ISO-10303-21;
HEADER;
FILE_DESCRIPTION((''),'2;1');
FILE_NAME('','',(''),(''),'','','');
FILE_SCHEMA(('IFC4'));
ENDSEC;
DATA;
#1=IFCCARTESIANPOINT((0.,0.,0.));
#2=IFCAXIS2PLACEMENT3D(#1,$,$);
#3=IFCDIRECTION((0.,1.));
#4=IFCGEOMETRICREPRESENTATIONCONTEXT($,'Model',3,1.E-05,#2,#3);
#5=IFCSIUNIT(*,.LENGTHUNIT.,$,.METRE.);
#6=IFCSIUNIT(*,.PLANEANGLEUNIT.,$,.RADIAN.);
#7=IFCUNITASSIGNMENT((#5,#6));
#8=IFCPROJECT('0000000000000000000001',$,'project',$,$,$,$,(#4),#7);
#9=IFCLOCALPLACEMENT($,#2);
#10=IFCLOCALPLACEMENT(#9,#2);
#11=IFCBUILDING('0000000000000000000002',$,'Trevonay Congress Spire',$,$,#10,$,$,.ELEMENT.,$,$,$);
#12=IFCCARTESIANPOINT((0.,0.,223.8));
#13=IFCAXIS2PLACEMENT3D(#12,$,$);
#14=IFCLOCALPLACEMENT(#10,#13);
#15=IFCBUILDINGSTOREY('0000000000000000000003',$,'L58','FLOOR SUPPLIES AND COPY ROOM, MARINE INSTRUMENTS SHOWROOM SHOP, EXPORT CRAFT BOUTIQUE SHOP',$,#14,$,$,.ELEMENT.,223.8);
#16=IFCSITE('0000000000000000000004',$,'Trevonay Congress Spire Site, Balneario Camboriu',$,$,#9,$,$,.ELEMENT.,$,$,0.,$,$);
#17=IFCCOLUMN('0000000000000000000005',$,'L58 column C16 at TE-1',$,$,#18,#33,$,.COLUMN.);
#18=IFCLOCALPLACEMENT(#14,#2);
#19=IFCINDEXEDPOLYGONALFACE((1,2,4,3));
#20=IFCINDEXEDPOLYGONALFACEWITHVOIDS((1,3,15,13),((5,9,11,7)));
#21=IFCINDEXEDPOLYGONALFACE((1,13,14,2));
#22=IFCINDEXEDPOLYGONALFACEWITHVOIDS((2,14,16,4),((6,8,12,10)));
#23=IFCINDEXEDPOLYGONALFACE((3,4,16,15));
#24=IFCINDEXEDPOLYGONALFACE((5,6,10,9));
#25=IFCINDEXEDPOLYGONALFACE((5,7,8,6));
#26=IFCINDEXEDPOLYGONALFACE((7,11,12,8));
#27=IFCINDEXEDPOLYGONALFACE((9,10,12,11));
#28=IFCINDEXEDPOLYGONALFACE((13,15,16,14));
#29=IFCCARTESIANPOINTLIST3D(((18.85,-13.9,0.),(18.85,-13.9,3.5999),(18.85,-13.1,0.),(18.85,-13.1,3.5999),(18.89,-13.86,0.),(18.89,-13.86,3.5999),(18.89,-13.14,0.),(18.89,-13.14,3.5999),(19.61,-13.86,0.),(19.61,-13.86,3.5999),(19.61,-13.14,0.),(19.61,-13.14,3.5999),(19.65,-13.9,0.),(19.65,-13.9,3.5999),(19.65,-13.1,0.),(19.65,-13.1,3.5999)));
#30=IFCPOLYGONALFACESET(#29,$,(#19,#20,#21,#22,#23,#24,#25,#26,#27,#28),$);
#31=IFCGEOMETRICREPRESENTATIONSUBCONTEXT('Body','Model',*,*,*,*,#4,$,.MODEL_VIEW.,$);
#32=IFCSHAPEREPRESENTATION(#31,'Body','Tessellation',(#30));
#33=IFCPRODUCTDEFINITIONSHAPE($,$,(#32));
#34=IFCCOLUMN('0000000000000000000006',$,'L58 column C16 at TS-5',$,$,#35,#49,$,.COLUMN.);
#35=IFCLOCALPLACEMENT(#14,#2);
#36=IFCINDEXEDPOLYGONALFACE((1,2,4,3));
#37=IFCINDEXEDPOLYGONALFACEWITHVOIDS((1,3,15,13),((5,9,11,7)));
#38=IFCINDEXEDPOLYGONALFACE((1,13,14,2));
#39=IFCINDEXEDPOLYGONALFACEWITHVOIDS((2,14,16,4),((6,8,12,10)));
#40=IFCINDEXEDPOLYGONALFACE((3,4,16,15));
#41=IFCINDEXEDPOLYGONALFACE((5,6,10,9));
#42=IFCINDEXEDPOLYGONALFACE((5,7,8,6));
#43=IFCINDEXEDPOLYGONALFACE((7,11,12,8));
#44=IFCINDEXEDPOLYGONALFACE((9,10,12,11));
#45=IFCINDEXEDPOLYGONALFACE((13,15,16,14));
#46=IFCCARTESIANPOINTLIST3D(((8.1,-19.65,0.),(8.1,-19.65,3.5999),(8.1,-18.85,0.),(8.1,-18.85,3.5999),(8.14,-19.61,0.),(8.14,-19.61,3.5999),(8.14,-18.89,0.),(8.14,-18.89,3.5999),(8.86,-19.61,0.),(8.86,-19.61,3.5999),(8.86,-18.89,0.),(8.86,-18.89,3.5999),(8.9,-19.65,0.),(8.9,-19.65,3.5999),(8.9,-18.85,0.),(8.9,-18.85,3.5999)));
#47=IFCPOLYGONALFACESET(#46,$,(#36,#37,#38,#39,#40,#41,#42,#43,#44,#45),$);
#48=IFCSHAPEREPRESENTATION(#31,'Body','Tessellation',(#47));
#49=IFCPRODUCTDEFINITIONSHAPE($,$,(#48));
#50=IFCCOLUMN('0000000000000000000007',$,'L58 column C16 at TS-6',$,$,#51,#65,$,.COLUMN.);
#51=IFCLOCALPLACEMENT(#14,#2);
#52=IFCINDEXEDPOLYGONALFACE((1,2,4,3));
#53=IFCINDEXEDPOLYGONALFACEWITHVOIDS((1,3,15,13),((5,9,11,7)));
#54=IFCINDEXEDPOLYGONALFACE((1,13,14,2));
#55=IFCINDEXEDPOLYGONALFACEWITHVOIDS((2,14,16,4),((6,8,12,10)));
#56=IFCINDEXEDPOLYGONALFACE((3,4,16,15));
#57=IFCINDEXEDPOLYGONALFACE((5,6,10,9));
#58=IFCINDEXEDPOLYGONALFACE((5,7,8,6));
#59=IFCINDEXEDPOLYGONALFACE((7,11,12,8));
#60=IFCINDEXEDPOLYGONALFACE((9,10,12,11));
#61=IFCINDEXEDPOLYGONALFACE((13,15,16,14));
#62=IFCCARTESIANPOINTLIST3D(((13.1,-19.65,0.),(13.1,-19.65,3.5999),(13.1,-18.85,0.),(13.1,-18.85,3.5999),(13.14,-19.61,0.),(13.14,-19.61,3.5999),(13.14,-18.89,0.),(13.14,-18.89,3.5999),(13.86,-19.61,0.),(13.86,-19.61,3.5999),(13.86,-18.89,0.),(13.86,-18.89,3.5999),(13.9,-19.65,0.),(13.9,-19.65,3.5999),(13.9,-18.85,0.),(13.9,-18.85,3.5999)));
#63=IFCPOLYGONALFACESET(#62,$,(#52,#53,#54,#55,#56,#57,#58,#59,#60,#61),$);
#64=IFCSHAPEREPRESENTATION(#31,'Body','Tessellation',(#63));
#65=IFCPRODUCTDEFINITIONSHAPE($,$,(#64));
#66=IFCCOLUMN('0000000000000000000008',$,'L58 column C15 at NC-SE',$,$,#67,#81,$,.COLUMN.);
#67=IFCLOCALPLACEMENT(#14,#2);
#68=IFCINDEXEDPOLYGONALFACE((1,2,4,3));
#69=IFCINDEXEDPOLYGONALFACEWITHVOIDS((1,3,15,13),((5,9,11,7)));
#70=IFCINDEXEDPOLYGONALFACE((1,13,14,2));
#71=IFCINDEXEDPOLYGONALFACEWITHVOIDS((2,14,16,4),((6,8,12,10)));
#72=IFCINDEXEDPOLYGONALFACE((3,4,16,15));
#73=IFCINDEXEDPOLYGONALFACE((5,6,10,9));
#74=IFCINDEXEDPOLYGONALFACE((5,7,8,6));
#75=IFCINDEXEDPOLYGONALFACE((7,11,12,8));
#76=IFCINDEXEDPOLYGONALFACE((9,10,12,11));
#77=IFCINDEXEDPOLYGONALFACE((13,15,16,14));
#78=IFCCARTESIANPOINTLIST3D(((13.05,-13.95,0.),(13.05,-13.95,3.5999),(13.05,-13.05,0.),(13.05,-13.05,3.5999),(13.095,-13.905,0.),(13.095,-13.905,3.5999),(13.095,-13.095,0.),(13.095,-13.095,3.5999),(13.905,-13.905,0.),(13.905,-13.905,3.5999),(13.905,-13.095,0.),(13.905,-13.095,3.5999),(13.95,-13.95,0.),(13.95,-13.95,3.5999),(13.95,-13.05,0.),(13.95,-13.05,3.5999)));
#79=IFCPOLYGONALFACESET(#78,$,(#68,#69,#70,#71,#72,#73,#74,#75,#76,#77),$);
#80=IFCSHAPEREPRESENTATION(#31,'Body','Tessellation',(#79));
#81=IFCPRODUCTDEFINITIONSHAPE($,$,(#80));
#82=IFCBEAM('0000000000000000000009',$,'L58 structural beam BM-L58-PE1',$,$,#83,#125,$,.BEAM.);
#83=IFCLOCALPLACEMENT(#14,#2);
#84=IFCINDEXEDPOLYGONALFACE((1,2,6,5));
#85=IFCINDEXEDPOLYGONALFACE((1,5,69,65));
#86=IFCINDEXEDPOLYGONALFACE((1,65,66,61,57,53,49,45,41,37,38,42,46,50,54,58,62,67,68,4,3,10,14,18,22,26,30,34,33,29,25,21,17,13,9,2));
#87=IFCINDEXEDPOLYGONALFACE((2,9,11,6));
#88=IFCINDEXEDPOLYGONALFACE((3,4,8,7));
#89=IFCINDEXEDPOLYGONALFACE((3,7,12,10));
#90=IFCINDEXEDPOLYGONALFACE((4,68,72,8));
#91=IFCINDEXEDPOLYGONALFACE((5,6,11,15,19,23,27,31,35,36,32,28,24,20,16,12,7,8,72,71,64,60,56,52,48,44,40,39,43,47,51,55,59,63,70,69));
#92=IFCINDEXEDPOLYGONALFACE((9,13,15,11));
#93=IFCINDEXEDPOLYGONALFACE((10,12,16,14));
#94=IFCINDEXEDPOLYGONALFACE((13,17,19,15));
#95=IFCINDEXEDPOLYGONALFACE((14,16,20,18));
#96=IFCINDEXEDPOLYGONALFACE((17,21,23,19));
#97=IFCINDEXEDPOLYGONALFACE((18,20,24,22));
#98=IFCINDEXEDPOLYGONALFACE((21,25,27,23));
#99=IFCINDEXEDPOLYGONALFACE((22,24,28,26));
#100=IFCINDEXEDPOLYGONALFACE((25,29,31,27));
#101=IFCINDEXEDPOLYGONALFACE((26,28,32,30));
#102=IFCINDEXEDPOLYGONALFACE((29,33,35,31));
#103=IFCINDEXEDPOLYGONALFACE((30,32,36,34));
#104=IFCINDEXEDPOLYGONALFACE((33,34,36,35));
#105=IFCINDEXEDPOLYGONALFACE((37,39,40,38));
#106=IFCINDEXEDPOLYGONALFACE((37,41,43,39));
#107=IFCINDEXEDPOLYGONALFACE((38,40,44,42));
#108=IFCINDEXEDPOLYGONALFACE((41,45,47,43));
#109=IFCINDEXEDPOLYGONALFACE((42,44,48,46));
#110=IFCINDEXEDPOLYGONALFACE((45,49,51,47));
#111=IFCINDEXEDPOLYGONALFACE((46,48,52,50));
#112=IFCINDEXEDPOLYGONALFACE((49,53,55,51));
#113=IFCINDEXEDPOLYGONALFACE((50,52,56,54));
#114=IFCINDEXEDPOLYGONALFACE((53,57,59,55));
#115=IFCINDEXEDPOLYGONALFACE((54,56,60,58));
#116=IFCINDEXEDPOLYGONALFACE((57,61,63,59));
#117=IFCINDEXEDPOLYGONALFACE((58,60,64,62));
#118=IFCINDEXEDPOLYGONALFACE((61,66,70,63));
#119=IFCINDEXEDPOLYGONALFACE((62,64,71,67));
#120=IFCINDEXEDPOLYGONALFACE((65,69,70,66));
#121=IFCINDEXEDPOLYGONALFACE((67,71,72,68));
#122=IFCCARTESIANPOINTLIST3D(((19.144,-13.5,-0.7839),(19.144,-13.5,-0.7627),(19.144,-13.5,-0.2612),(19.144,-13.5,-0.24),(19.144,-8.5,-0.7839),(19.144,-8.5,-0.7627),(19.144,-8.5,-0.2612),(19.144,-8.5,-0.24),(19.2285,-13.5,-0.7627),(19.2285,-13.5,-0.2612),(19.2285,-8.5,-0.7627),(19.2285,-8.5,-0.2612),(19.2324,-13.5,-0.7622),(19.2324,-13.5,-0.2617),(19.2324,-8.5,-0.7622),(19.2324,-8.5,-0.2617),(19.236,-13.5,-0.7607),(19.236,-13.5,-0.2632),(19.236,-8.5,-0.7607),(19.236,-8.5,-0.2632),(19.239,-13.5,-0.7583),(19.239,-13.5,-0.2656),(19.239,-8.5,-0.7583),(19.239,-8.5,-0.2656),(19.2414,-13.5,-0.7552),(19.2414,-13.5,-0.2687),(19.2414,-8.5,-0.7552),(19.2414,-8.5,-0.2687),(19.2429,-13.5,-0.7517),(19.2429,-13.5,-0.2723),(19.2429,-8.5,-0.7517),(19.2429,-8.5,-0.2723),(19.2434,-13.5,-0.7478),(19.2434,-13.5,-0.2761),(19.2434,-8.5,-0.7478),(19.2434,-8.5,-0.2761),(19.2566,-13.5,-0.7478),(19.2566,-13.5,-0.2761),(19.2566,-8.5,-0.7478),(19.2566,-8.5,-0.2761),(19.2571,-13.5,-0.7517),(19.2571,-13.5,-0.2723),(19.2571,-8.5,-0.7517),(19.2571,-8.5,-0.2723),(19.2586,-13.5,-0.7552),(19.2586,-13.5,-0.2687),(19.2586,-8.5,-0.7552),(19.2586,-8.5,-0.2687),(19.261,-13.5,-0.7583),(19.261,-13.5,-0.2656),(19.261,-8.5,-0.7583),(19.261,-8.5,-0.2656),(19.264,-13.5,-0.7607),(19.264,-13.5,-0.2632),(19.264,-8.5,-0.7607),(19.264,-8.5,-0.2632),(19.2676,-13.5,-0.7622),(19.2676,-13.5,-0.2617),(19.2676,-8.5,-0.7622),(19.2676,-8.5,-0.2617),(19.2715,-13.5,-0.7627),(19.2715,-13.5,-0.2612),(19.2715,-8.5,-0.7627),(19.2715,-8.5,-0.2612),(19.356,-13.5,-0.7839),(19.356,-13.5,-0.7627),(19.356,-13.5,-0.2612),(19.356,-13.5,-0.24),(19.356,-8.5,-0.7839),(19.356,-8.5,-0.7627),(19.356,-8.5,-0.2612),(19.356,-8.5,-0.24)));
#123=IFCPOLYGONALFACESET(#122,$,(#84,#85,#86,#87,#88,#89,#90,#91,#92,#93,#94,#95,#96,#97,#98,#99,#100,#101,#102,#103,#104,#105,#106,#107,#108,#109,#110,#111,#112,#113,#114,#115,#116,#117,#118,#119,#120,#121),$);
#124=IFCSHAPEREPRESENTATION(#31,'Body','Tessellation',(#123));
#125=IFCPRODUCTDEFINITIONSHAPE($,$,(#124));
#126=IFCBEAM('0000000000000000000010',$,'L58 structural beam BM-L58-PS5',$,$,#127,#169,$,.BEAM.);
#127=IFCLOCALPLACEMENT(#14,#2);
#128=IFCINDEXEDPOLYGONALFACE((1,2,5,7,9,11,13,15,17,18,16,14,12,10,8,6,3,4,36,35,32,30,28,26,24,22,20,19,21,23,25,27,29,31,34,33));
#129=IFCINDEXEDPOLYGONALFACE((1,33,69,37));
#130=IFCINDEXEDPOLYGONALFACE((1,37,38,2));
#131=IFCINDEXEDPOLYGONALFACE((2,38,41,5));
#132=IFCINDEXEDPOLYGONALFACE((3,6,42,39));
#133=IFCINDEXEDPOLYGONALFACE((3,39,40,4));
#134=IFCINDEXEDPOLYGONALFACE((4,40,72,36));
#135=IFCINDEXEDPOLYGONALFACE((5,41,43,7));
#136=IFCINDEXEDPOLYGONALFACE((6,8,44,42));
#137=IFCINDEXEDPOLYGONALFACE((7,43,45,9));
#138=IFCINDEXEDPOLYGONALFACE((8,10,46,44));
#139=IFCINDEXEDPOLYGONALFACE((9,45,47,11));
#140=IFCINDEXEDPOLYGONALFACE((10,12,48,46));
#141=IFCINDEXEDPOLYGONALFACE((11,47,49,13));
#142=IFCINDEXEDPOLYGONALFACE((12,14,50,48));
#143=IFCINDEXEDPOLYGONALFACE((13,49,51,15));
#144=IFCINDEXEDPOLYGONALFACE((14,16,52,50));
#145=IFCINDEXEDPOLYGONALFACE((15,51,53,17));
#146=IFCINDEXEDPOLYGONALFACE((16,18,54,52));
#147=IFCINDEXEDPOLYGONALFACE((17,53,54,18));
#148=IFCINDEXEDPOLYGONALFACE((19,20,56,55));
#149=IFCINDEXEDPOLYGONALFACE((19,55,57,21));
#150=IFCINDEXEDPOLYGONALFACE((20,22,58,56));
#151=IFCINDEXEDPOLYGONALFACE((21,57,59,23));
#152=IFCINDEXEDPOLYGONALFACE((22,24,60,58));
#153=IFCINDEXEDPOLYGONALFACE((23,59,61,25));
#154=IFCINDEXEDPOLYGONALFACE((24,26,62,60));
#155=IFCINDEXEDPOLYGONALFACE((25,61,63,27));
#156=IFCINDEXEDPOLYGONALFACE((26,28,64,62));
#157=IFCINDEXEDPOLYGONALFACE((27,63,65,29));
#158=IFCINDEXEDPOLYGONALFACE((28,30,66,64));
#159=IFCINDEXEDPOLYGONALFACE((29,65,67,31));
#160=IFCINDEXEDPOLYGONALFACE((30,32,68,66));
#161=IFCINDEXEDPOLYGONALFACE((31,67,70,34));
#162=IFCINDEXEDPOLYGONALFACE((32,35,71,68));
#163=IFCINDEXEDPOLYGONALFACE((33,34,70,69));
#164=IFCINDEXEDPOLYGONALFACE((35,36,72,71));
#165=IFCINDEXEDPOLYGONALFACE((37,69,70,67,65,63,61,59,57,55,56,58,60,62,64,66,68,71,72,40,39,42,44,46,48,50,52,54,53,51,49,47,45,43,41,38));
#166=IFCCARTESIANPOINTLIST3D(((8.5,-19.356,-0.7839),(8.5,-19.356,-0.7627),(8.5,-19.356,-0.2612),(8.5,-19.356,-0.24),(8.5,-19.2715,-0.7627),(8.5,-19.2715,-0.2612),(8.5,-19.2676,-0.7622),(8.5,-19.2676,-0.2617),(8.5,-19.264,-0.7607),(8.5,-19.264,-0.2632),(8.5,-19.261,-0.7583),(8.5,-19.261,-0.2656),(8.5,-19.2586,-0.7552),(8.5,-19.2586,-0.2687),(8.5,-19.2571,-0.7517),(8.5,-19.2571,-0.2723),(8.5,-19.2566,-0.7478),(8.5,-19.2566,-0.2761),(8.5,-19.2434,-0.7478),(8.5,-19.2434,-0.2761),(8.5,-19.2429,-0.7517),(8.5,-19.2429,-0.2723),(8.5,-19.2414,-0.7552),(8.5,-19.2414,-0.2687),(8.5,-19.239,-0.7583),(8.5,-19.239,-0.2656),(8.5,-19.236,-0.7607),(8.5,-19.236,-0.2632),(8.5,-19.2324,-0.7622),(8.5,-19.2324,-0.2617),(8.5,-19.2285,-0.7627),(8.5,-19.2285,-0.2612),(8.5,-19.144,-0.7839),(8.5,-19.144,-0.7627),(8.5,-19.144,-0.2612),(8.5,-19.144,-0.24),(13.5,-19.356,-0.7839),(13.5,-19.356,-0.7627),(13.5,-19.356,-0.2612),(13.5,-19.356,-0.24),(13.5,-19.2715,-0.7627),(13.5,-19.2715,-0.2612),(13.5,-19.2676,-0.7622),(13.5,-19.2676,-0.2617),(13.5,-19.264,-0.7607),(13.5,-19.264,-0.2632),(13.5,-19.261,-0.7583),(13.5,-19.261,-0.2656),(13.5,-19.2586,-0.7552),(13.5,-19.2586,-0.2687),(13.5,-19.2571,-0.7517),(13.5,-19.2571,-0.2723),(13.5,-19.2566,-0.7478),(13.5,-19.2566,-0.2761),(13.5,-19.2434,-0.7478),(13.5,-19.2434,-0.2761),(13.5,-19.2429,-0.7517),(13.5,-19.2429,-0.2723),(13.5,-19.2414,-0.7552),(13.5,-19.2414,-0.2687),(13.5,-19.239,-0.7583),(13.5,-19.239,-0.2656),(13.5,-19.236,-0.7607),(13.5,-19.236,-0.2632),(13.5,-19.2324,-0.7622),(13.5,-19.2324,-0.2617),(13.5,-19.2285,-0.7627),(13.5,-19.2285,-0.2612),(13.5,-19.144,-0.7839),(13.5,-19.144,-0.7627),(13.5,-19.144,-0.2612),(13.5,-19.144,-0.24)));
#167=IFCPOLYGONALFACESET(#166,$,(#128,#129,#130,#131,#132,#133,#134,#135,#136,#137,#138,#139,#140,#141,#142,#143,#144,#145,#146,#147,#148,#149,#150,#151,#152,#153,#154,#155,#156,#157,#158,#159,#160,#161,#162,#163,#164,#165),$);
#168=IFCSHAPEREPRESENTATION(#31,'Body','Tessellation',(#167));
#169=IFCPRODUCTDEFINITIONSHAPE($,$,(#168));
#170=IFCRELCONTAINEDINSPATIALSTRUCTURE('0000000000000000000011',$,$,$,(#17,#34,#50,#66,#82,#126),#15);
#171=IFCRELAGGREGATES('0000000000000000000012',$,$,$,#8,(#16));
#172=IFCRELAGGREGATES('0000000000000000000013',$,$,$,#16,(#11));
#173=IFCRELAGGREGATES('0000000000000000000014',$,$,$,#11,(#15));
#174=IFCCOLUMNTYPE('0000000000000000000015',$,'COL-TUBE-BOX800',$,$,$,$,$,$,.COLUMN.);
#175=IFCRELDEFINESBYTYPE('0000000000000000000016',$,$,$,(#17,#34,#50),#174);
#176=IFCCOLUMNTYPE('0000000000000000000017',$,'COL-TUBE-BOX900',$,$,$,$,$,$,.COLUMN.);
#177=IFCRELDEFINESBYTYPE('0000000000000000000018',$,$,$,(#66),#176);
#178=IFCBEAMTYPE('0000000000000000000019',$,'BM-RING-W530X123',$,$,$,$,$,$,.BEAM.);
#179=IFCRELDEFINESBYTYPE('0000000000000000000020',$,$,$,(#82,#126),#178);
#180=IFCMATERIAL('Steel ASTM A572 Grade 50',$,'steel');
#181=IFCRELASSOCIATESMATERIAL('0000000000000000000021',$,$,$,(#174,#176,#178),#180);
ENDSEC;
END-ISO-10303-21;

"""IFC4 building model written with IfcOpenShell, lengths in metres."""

from ifc_helpers import new_model, si_unit, direction, frame, origin, origin_2d, place, context, subcontext, project, spatial, hollow_rectangle, i_section, extrude, material, material_profile, profile_set, type_object, element, save


model = new_model("IFC4")

# Units and contexts
model_context = context("Model", 3, precision=1e-05, world=origin(), true_north=direction((0.0, 1.0)))
body_context = subcontext(model_context, "Body", "Model", "MODEL_VIEW")
ifc_project = project(units=[si_unit("LENGTHUNIT", "METRE"), si_unit("PLANEANGLEUNIT", "RADIAN")], contexts=[model_context])

# Site, building, storey
site_placement = place(None, origin())
site = spatial("IfcSite", under=ifc_project, at=site_placement, Name="Trevonay Congress Spire Site, Balneario Camboriu", CompositionType="ELEMENT", RefElevation=0.0)
building_placement = place(site_placement, origin())
building = spatial("IfcBuilding", under=site, at=building_placement, Name="Trevonay Congress Spire", CompositionType="ELEMENT")
storey_placement = place(building_placement, frame((0.0, 0.0, 223.8)))
storey = spatial("IfcBuildingStorey", under=building, at=storey_placement, Name="L58", Description="FLOOR SUPPLIES AND COPY ROOM, MARINE INSTRUMENTS SHOWROOM SHOP, EXPORT CRAFT BOUTIQUE SHOP", CompositionType="ELEMENT", Elevation=223.8)

# Columns
ifc_material_1 = material(Name="Steel ASTM A572 Grade 50", Category="steel")
ifc_material_profile_1 = material_profile(ifc_material_1, hollow_rectangle(XDim=0.8, YDim=0.8, WallThickness=0.04, at=origin_2d()), Name="BOX 800x800x40")
ifc_profile_set_1 = profile_set([ifc_material_profile_1], Name="Steel ASTM A572 Grade 50")
column_type_1 = type_object("IfcColumnType", Name="COL-TUBE-BOX800", PredefinedType="COLUMN", material=ifc_profile_set_1)
for number, where, z_axis, x_axis, name in (
    (1, (19.25, -13.5, 0.0), (0.0, 0.0, 1.0), (1.0, 0.0, 0.0), "L58 column C16 at TE-1"),
    (2, (8.5, -19.25, 0.0), (0.0, 0.0, 1.0), (1.0, 0.0, 0.0), "L58 column C16 at TS-5"),
    (3, (13.5, -19.25, 0.0), (0.0, 0.0, 1.0), (1.0, 0.0, 0.0), "L58 column C16 at TS-6"),
):
    element("IfcColumn", number, at=place(storey_placement, frame(where, z_axis=z_axis, x_axis=x_axis)), inside=storey, type_object=column_type_1, Name=name, PredefinedType="COLUMN", context=body_context, shape_type="SweptSolid", body=[
        extrude(hollow_rectangle(XDim=0.8, YDim=0.8, WallThickness=0.04, at=origin_2d()), origin(), (0.0, 0.0, 1.0), 3.5999),
    ])
ifc_material_profile_2 = material_profile(ifc_material_1, hollow_rectangle(XDim=0.8999, YDim=0.8999, WallThickness=0.0449, at=origin_2d()), Name="BOX 900x900x45")
ifc_profile_set_2 = profile_set([ifc_material_profile_2], Name="Steel ASTM A572 Grade 50")
column_type_2 = type_object("IfcColumnType", Name="COL-TUBE-BOX900", PredefinedType="COLUMN", material=ifc_profile_set_2)
column_placement = place(storey_placement, frame((13.5, -13.5, 0.0), z_axis=(0.0, 0.0, 1.0), x_axis=(1.0, 0.0, 0.0)))
element("IfcColumn", 4, at=column_placement, inside=storey, type_object=column_type_2, Name="L58 column C15 at NC-SE", PredefinedType="COLUMN", context=body_context, shape_type="SweptSolid", body=[
    extrude(hollow_rectangle(XDim=0.8999, YDim=0.8999, WallThickness=0.0449, at=origin_2d()), origin(), (0.0, 0.0, 1.0), 3.5999),
])

# Beams
ifc_material_profile_3 = material_profile(ifc_material_1, i_section(OverallWidth=0.2119, OverallDepth=0.5439, WebThickness=0.0132, FlangeThickness=0.0212, FilletRadius=0.0149, at=origin_2d()), Name="W530x123")
ifc_profile_set_3 = profile_set([ifc_material_profile_3], Name="Steel ASTM A572 Grade 50")
beam_type = type_object("IfcBeamType", Name="BM-RING-W530X123", PredefinedType="BEAM", material=ifc_profile_set_3)
for number, where, z_axis, x_axis, name in (
    (5, (19.25, -13.5, -0.512), (0.0, 1.0, 0.0), (-1.0, 0.0, 0.0), "L58 structural beam BM-L58-PE1"),
    (6, (8.5, -19.25, -0.512), (1.0, 0.0, 0.0), (0.0, 1.0, 0.0), "L58 structural beam BM-L58-PS5"),
):
    element("IfcBeam", number, at=place(storey_placement, frame(where, z_axis=z_axis, x_axis=x_axis)), inside=storey, type_object=beam_type, Name=name, PredefinedType="BEAM", context=body_context, shape_type="SweptSolid", body=[
        extrude(i_section(OverallWidth=0.2119, OverallDepth=0.5439, WebThickness=0.0132, FlangeThickness=0.0212, FilletRadius=0.0149, at=origin_2d()), origin(), (0.0, 0.0, 1.0), 5.0),
    ])

save(model, "model.ifc")
